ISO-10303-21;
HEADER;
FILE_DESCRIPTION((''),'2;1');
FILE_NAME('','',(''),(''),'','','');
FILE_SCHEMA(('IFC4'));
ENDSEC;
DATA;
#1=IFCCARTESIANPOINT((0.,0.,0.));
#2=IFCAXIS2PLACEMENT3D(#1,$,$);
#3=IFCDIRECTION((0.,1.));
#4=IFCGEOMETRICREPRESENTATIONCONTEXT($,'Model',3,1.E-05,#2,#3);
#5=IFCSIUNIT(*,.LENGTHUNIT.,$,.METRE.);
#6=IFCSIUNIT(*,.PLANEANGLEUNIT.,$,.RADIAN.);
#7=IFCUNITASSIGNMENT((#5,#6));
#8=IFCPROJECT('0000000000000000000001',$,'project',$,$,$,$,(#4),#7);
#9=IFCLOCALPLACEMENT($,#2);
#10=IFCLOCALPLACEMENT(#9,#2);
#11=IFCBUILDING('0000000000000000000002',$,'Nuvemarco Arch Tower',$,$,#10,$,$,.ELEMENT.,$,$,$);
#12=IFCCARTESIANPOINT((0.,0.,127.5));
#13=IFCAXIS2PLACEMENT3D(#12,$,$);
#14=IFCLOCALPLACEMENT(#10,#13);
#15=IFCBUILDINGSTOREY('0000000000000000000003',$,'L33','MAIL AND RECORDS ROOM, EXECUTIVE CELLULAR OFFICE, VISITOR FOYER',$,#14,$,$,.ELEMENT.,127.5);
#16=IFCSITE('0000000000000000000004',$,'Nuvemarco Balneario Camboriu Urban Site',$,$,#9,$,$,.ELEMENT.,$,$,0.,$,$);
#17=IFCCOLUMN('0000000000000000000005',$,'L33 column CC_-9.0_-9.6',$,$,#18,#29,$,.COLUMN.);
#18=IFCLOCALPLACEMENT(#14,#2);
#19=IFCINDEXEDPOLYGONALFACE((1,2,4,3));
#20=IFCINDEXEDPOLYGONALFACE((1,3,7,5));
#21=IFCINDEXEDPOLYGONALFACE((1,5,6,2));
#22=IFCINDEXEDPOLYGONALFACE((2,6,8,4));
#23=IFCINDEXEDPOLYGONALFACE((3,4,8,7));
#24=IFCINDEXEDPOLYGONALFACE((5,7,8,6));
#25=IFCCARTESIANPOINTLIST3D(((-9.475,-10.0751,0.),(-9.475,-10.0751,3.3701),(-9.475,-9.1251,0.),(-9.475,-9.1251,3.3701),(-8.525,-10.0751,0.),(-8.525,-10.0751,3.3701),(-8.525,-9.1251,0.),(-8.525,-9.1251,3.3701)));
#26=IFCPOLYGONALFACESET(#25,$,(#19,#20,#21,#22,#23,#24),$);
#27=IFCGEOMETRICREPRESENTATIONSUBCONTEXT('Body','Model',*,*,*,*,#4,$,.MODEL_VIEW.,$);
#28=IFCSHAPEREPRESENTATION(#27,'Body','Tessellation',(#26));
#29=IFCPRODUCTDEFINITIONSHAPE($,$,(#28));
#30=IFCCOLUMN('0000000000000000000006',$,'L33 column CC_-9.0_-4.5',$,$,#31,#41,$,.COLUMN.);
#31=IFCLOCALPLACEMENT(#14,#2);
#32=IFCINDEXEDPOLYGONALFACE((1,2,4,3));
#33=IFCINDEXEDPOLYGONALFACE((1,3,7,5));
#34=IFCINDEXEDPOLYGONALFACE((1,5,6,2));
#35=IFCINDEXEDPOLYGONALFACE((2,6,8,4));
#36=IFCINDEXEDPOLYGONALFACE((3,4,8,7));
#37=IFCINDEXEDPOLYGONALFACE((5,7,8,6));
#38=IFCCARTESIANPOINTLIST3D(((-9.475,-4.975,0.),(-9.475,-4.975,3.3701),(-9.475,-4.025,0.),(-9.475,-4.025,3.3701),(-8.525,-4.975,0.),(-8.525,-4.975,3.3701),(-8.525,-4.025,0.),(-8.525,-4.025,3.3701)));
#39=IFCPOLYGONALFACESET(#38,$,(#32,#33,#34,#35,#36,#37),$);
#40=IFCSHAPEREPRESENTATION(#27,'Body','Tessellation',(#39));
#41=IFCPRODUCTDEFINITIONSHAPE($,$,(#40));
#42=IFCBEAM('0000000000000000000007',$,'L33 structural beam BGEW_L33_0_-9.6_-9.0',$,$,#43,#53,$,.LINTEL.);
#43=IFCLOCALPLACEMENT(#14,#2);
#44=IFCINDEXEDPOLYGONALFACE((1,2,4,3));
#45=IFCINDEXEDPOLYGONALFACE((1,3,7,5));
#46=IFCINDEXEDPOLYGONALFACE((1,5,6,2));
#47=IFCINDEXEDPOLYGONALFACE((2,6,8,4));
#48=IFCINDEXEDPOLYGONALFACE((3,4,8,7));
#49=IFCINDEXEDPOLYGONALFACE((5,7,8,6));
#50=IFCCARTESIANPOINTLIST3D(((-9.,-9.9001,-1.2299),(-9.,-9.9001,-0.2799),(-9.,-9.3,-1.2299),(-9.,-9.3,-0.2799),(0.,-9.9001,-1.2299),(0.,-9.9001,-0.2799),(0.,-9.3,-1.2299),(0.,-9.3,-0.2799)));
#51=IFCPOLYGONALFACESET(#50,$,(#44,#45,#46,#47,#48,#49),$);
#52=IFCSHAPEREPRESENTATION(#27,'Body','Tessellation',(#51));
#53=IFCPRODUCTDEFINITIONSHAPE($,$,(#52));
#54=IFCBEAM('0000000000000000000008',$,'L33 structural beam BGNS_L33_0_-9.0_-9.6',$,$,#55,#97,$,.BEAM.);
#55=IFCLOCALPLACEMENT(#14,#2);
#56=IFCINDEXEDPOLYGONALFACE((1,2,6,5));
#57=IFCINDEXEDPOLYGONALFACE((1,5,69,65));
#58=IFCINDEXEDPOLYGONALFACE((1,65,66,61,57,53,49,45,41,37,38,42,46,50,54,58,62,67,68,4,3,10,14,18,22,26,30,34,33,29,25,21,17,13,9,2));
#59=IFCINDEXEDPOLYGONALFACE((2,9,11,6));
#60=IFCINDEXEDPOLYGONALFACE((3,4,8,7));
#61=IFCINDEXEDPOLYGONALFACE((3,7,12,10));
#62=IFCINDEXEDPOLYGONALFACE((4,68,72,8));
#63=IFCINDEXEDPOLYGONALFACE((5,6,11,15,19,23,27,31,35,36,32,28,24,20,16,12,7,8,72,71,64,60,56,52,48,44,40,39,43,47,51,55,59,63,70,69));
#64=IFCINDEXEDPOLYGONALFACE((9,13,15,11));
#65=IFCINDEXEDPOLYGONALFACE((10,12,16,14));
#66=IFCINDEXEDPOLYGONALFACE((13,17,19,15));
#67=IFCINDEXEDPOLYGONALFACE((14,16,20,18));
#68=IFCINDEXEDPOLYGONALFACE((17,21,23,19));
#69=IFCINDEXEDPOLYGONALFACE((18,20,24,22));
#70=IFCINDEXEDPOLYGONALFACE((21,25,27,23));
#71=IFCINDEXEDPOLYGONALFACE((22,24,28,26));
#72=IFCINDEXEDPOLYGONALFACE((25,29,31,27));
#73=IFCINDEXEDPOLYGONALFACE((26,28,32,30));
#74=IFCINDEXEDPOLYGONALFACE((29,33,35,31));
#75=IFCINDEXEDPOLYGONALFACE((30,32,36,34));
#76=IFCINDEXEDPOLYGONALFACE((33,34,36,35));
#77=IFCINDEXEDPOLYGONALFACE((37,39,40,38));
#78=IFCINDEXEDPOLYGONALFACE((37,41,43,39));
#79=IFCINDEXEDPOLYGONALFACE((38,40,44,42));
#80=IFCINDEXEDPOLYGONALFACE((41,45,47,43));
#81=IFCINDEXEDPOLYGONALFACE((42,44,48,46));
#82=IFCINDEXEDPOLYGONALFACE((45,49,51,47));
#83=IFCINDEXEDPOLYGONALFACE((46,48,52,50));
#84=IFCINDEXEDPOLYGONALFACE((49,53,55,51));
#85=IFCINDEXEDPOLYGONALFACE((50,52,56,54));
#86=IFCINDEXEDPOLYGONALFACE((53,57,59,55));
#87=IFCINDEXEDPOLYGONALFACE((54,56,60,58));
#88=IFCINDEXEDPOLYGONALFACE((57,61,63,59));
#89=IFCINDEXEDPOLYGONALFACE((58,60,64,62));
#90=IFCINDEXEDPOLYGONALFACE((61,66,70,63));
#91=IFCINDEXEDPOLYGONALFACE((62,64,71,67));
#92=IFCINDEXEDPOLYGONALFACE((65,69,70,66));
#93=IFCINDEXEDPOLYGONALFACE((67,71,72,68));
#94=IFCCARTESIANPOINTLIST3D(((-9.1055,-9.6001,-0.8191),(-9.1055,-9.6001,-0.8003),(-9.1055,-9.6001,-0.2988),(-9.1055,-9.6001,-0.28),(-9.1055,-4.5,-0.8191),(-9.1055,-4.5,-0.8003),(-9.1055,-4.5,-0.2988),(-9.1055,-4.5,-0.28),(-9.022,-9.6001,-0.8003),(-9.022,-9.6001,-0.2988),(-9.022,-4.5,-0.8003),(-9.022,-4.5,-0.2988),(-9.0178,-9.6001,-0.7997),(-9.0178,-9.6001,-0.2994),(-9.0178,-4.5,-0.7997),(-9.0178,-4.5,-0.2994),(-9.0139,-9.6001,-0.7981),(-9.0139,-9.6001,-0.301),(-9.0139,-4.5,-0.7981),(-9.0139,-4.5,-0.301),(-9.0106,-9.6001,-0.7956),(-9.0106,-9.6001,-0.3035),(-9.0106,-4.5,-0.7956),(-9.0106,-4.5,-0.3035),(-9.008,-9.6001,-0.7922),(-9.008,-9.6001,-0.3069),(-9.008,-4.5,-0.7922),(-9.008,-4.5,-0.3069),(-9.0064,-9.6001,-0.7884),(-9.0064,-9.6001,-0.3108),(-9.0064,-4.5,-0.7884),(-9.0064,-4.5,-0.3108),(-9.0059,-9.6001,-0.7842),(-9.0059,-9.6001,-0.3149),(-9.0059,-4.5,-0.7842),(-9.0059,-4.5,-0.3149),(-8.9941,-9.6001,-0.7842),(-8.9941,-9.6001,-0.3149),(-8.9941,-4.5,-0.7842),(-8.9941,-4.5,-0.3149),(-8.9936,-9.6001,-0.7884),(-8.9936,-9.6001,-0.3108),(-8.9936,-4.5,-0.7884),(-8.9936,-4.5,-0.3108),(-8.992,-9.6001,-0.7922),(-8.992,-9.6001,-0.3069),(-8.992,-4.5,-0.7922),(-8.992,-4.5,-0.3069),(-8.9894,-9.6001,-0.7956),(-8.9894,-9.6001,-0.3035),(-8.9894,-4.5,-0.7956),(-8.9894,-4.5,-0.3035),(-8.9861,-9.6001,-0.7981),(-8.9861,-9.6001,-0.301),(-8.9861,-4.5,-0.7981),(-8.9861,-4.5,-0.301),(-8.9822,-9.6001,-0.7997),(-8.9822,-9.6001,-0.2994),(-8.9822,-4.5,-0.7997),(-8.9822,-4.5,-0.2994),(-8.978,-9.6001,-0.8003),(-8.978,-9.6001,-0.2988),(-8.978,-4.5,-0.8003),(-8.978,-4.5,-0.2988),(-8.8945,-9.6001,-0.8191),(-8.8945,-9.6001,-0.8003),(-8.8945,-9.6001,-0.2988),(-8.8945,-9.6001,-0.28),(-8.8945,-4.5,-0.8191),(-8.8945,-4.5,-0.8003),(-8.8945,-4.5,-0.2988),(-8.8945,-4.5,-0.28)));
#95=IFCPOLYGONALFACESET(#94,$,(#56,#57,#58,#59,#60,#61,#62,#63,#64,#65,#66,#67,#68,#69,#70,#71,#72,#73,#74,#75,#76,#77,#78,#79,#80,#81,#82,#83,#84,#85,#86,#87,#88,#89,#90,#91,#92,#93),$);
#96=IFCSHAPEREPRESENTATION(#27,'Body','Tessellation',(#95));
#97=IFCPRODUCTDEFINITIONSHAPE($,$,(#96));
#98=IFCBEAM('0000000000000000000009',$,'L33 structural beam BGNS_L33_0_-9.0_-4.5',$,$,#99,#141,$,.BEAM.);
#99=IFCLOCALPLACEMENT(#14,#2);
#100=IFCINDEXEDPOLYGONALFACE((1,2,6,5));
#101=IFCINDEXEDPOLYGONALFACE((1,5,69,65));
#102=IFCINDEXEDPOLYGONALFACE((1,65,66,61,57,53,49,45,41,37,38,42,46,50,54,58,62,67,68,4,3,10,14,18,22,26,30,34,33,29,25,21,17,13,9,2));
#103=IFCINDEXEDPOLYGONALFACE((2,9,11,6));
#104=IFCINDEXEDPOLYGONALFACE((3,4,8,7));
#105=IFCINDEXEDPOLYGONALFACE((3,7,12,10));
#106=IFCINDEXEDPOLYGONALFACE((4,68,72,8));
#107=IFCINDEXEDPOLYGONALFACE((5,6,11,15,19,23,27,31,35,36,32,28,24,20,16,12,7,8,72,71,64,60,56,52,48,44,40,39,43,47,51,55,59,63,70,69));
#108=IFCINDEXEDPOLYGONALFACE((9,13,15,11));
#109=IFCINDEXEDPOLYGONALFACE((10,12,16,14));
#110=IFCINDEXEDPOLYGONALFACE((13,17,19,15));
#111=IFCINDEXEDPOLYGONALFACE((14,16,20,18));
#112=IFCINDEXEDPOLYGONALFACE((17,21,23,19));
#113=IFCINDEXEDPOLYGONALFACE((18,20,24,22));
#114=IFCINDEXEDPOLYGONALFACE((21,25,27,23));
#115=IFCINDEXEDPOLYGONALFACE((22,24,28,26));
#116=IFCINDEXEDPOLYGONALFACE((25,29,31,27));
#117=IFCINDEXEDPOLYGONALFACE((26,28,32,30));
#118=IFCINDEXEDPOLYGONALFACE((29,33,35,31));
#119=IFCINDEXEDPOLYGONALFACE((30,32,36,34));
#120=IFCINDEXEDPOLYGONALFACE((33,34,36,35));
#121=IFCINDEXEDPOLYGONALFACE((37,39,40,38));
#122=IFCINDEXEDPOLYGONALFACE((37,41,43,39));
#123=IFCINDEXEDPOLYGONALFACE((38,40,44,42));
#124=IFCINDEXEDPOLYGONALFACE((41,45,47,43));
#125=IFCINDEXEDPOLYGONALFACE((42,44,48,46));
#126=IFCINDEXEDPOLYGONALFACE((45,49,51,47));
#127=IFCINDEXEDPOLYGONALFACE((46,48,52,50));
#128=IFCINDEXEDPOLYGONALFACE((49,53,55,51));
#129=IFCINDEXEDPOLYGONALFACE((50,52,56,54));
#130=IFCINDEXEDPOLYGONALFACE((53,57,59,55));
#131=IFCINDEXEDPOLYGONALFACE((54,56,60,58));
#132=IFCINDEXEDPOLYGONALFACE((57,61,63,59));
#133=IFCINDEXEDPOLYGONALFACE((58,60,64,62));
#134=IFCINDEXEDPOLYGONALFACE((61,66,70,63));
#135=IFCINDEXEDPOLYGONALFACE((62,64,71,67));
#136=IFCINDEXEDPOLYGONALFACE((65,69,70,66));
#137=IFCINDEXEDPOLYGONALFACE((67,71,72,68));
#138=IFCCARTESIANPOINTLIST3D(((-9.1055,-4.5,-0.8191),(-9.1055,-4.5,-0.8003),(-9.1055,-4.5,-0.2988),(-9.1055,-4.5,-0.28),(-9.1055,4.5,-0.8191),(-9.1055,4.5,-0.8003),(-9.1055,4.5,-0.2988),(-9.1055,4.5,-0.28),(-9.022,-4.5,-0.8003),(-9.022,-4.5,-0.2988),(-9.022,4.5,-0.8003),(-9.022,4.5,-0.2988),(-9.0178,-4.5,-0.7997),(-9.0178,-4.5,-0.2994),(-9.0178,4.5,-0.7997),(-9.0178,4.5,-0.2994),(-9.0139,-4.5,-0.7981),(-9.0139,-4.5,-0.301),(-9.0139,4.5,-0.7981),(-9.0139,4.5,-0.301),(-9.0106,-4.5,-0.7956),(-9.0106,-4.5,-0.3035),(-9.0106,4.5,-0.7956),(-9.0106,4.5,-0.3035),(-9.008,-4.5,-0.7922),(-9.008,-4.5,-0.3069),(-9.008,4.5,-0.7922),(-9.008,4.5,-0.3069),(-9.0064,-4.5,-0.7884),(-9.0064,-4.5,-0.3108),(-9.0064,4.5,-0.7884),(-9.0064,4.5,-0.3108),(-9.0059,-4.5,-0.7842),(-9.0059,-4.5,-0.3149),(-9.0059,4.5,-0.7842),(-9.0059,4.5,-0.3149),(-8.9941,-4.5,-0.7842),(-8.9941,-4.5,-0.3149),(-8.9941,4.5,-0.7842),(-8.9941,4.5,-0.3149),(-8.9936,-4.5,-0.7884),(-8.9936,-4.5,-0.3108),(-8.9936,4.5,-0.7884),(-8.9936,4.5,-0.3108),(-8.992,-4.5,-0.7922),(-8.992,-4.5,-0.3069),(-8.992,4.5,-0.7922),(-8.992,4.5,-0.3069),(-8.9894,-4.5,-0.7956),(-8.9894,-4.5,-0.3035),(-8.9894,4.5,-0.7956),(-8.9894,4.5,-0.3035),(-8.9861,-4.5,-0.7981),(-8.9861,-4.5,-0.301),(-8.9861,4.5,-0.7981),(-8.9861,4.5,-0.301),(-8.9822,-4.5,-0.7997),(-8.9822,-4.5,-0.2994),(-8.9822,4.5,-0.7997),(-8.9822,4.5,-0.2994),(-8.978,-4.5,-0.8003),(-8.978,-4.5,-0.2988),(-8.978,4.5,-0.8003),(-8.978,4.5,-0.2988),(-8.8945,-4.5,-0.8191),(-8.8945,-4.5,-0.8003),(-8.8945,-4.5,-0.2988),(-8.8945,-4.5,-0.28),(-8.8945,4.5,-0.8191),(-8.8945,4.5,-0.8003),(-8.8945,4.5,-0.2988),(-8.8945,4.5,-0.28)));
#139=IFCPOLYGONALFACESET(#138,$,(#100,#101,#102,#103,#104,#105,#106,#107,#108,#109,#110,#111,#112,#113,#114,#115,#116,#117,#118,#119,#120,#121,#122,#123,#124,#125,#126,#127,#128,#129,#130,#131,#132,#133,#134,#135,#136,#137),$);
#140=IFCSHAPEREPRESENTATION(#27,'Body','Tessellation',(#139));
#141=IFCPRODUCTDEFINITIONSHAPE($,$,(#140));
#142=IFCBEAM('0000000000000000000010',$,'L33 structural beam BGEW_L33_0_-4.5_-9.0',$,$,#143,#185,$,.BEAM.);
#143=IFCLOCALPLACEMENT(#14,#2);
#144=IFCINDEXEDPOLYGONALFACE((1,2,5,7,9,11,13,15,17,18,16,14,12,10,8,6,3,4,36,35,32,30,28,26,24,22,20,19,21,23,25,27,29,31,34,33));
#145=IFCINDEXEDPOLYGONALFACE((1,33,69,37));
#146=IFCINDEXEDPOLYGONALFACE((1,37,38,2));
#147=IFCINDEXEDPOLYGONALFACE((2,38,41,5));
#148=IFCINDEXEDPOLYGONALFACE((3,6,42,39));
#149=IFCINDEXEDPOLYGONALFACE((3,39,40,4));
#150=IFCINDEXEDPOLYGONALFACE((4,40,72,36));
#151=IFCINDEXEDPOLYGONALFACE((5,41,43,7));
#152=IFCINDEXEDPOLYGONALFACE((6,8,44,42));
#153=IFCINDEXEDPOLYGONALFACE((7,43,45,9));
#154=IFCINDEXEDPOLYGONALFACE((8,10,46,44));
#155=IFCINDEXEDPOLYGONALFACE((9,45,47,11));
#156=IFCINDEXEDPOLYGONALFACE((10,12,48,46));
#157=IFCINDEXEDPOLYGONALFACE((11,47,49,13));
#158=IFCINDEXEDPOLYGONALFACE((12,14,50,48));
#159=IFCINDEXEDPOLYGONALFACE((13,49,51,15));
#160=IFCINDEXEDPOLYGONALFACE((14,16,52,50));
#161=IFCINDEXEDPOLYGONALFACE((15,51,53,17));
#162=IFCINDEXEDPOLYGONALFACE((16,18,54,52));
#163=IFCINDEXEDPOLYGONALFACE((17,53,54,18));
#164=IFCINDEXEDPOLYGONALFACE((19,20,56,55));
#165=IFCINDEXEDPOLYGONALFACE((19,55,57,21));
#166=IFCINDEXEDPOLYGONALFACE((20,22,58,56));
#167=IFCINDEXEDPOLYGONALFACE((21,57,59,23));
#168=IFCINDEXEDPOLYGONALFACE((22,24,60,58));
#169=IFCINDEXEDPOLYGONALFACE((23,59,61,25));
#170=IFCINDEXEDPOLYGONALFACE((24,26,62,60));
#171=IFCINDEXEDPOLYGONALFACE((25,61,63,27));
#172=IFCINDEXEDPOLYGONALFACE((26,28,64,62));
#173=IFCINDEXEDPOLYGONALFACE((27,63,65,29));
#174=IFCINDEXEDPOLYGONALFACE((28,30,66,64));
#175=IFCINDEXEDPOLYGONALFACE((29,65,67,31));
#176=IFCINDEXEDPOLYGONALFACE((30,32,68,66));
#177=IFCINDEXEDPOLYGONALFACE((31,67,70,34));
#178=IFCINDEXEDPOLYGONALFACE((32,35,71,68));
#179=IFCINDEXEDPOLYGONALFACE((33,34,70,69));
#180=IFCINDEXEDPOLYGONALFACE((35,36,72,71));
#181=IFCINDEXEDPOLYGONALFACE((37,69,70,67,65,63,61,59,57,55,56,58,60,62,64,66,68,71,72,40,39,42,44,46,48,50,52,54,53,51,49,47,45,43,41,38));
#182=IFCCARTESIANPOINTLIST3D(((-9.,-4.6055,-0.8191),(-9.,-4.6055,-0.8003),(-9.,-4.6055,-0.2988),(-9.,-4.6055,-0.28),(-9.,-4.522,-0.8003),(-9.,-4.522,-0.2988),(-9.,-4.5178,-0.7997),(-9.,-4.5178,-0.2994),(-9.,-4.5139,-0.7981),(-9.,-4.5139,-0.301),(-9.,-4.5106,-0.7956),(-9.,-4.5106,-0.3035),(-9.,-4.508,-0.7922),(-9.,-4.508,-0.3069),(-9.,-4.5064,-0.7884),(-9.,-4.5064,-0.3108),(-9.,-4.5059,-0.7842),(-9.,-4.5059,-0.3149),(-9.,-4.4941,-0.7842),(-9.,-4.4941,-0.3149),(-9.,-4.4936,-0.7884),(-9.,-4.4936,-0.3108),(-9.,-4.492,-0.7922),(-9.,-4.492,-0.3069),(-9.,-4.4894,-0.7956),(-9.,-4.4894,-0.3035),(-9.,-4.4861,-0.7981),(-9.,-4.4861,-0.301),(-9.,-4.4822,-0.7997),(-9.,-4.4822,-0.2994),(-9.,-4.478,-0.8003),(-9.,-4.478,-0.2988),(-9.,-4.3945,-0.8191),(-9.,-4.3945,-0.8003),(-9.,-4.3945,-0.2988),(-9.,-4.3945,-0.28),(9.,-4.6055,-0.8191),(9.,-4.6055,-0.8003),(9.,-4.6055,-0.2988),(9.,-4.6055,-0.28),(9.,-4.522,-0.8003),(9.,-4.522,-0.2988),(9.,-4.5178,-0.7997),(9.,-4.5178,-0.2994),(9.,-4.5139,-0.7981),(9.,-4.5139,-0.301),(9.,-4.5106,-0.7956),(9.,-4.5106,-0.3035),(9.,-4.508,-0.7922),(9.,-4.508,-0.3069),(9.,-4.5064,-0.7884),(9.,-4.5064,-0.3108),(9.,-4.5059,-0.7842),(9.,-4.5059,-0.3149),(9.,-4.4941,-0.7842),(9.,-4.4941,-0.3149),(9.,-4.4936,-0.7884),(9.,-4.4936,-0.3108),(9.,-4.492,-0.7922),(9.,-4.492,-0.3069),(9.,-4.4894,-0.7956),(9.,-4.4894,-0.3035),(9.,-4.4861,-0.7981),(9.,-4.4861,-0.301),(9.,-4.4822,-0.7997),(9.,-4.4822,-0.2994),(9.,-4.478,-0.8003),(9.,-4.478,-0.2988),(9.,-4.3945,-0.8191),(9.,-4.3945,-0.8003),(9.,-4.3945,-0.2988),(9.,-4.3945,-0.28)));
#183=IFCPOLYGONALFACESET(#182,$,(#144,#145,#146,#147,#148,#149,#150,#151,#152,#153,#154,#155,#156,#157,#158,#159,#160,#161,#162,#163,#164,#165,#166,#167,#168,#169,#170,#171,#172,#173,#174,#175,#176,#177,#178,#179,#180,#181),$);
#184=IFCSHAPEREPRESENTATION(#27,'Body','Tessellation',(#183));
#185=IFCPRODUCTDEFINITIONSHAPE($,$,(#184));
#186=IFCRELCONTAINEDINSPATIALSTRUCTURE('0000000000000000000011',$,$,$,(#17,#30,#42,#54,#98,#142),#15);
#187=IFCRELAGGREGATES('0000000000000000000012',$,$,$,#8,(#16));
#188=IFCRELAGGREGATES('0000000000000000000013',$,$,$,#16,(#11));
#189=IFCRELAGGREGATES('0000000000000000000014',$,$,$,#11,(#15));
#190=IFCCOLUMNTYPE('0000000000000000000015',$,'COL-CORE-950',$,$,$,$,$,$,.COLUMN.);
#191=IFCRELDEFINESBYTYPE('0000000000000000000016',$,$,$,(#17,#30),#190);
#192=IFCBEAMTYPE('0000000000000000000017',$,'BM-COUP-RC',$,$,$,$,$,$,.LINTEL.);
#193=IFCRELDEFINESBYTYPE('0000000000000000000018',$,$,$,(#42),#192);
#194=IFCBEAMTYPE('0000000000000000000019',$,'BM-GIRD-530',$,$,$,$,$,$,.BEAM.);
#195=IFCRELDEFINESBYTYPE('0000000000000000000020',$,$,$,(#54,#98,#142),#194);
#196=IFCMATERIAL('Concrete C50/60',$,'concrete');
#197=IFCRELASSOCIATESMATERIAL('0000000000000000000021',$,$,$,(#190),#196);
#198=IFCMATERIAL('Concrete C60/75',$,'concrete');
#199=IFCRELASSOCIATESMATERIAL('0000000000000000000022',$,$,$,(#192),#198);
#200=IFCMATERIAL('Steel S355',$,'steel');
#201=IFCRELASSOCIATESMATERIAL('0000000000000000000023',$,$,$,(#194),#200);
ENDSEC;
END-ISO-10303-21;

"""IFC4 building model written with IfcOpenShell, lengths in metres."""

from ifc_helpers import new_model, si_unit, direction, frame, origin, origin_2d, place, context, subcontext, project, spatial, rectangle, i_section, extrude, material, material_profile, profile_set, type_object, element, save


model = new_model("IFC4")

# Units and contexts
model_context = context("Model", 3, precision=1e-05, world=origin(), true_north=direction((0.0, 1.0)))
body_context = subcontext(model_context, "Body", "Model", "MODEL_VIEW")
ifc_project = project(units=[si_unit("LENGTHUNIT", "METRE"), si_unit("PLANEANGLEUNIT", "RADIAN")], contexts=[model_context])

# Site, building, storey
site_placement = place(None, origin())
site = spatial("IfcSite", under=ifc_project, at=site_placement, Name="Nuvemarco Balneario Camboriu Urban Site", CompositionType="ELEMENT", RefElevation=0.0)
building_placement = place(site_placement, origin())
building = spatial("IfcBuilding", under=site, at=building_placement, Name="Nuvemarco Arch Tower", CompositionType="ELEMENT")
storey_placement = place(building_placement, frame((0.0, 0.0, 127.5)))
storey = spatial("IfcBuildingStorey", under=building, at=storey_placement, Name="L33", Description="MAIL AND RECORDS ROOM, EXECUTIVE CELLULAR OFFICE, VISITOR FOYER", CompositionType="ELEMENT", Elevation=127.5)

# Columns
ifc_material_1 = material(Name="Concrete C50/60", Category="concrete")
ifc_material_profile_1 = material_profile(ifc_material_1, rectangle(XDim=0.95, YDim=0.95, at=origin_2d()), Name="RC-COL-950x950")
ifc_profile_set_1 = profile_set([ifc_material_profile_1], Name="Concrete C50/60")
column_type = type_object("IfcColumnType", Name="COL-CORE-950", PredefinedType="COLUMN", material=ifc_profile_set_1)
for number, where, z_axis, x_axis, name in (
    (1, (-9.0, -9.6001, 0.0), (0.0, 0.0, 1.0), (1.0, 0.0, 0.0), "L33 column CC_-9.0_-9.6"),
    (2, (-9.0, -4.5, 0.0), (0.0, 0.0, 1.0), (1.0, 0.0, 0.0), "L33 column CC_-9.0_-4.5"),
):
    element("IfcColumn", number, at=place(storey_placement, frame(where, z_axis=z_axis, x_axis=x_axis)), inside=storey, type_object=column_type, Name=name, PredefinedType="COLUMN", context=body_context, shape_type="SweptSolid", body=[
        extrude(rectangle(XDim=0.95, YDim=0.95, at=origin_2d()), origin(), (0.0, 0.0, 1.0), 3.3701),
    ])

# Beams
ifc_material_2 = material(Name="Concrete C60/75", Category="concrete")
ifc_material_profile_2 = material_profile(ifc_material_2, rectangle(XDim=0.6001, YDim=0.95, at=origin_2d()), Name="RC-BM-600x950")
ifc_profile_set_2 = profile_set([ifc_material_profile_2], Name="Concrete C60/75")
beam_type_1 = type_object("IfcBeamType", Name="BM-COUP-RC", PredefinedType="LINTEL", material=ifc_profile_set_2)
beam_1_placement = place(storey_placement, frame((-9.0, -9.6001, -0.7549), z_axis=(1.0, 0.0, 0.0), x_axis=(0.0, 1.0, 0.0)))
element("IfcBeam", 3, at=beam_1_placement, inside=storey, type_object=beam_type_1, Name="L33 structural beam BGEW_L33_0_-9.6_-9.0", PredefinedType="LINTEL", context=body_context, shape_type="SweptSolid", body=[
    extrude(rectangle(XDim=0.6001, YDim=0.95, at=origin_2d()), origin(), (0.0, 0.0, 1.0), 9.0),
])
ifc_material_3 = material(Name="Steel S355", Category="steel")
ifc_material_profile_3 = material_profile(ifc_material_3, i_section(OverallWidth=0.2109, OverallDepth=0.5391, WebThickness=0.0117, FlangeThickness=0.0188, FilletRadius=0.0161, at=origin_2d()), Name="W530x109")
ifc_profile_set_3 = profile_set([ifc_material_profile_3], Name="Steel S355")
beam_type_2 = type_object("IfcBeamType", Name="BM-GIRD-530", PredefinedType="BEAM", material=ifc_profile_set_3)
beam_2_placement = place(storey_placement, frame((-9.0, -9.6001, -0.5496), z_axis=(0.0, 1.0, 0.0), x_axis=(-1.0, 0.0, 0.0)))
element("IfcBeam", 4, at=beam_2_placement, inside=storey, type_object=beam_type_2, Name="L33 structural beam BGNS_L33_0_-9.0_-9.6", PredefinedType="BEAM", context=body_context, shape_type="SweptSolid", body=[
    extrude(i_section(OverallWidth=0.2109, OverallDepth=0.5391, WebThickness=0.0117, FlangeThickness=0.0188, FilletRadius=0.0161, at=origin_2d()), origin(), (0.0, 0.0, 1.0), 5.1001),
])
beam_3_placement = place(storey_placement, frame((-9.0, -4.5, -0.5496), z_axis=(0.0, 1.0, 0.0), x_axis=(-1.0, 0.0, 0.0)))
element("IfcBeam", 5, at=beam_3_placement, inside=storey, type_object=beam_type_2, Name="L33 structural beam BGNS_L33_0_-9.0_-4.5", PredefinedType="BEAM", context=body_context, shape_type="SweptSolid", body=[
    extrude(i_section(OverallWidth=0.2109, OverallDepth=0.5391, WebThickness=0.0117, FlangeThickness=0.0188, FilletRadius=0.0161, at=origin_2d()), origin(), (0.0, 0.0, 1.0), 9.0),
])
beam_4_placement = place(storey_placement, frame((-9.0, -4.5, -0.5496), z_axis=(1.0, 0.0, 0.0), x_axis=(0.0, 1.0, 0.0)))
element("IfcBeam", 6, at=beam_4_placement, inside=storey, type_object=beam_type_2, Name="L33 structural beam BGEW_L33_0_-4.5_-9.0", PredefinedType="BEAM", context=body_context, shape_type="SweptSolid", body=[
    extrude(i_section(OverallWidth=0.2109, OverallDepth=0.5391, WebThickness=0.0117, FlangeThickness=0.0188, FilletRadius=0.0161, at=origin_2d()), origin(), (0.0, 0.0, 1.0), 18.0),
])

save(model, "model.ifc")
